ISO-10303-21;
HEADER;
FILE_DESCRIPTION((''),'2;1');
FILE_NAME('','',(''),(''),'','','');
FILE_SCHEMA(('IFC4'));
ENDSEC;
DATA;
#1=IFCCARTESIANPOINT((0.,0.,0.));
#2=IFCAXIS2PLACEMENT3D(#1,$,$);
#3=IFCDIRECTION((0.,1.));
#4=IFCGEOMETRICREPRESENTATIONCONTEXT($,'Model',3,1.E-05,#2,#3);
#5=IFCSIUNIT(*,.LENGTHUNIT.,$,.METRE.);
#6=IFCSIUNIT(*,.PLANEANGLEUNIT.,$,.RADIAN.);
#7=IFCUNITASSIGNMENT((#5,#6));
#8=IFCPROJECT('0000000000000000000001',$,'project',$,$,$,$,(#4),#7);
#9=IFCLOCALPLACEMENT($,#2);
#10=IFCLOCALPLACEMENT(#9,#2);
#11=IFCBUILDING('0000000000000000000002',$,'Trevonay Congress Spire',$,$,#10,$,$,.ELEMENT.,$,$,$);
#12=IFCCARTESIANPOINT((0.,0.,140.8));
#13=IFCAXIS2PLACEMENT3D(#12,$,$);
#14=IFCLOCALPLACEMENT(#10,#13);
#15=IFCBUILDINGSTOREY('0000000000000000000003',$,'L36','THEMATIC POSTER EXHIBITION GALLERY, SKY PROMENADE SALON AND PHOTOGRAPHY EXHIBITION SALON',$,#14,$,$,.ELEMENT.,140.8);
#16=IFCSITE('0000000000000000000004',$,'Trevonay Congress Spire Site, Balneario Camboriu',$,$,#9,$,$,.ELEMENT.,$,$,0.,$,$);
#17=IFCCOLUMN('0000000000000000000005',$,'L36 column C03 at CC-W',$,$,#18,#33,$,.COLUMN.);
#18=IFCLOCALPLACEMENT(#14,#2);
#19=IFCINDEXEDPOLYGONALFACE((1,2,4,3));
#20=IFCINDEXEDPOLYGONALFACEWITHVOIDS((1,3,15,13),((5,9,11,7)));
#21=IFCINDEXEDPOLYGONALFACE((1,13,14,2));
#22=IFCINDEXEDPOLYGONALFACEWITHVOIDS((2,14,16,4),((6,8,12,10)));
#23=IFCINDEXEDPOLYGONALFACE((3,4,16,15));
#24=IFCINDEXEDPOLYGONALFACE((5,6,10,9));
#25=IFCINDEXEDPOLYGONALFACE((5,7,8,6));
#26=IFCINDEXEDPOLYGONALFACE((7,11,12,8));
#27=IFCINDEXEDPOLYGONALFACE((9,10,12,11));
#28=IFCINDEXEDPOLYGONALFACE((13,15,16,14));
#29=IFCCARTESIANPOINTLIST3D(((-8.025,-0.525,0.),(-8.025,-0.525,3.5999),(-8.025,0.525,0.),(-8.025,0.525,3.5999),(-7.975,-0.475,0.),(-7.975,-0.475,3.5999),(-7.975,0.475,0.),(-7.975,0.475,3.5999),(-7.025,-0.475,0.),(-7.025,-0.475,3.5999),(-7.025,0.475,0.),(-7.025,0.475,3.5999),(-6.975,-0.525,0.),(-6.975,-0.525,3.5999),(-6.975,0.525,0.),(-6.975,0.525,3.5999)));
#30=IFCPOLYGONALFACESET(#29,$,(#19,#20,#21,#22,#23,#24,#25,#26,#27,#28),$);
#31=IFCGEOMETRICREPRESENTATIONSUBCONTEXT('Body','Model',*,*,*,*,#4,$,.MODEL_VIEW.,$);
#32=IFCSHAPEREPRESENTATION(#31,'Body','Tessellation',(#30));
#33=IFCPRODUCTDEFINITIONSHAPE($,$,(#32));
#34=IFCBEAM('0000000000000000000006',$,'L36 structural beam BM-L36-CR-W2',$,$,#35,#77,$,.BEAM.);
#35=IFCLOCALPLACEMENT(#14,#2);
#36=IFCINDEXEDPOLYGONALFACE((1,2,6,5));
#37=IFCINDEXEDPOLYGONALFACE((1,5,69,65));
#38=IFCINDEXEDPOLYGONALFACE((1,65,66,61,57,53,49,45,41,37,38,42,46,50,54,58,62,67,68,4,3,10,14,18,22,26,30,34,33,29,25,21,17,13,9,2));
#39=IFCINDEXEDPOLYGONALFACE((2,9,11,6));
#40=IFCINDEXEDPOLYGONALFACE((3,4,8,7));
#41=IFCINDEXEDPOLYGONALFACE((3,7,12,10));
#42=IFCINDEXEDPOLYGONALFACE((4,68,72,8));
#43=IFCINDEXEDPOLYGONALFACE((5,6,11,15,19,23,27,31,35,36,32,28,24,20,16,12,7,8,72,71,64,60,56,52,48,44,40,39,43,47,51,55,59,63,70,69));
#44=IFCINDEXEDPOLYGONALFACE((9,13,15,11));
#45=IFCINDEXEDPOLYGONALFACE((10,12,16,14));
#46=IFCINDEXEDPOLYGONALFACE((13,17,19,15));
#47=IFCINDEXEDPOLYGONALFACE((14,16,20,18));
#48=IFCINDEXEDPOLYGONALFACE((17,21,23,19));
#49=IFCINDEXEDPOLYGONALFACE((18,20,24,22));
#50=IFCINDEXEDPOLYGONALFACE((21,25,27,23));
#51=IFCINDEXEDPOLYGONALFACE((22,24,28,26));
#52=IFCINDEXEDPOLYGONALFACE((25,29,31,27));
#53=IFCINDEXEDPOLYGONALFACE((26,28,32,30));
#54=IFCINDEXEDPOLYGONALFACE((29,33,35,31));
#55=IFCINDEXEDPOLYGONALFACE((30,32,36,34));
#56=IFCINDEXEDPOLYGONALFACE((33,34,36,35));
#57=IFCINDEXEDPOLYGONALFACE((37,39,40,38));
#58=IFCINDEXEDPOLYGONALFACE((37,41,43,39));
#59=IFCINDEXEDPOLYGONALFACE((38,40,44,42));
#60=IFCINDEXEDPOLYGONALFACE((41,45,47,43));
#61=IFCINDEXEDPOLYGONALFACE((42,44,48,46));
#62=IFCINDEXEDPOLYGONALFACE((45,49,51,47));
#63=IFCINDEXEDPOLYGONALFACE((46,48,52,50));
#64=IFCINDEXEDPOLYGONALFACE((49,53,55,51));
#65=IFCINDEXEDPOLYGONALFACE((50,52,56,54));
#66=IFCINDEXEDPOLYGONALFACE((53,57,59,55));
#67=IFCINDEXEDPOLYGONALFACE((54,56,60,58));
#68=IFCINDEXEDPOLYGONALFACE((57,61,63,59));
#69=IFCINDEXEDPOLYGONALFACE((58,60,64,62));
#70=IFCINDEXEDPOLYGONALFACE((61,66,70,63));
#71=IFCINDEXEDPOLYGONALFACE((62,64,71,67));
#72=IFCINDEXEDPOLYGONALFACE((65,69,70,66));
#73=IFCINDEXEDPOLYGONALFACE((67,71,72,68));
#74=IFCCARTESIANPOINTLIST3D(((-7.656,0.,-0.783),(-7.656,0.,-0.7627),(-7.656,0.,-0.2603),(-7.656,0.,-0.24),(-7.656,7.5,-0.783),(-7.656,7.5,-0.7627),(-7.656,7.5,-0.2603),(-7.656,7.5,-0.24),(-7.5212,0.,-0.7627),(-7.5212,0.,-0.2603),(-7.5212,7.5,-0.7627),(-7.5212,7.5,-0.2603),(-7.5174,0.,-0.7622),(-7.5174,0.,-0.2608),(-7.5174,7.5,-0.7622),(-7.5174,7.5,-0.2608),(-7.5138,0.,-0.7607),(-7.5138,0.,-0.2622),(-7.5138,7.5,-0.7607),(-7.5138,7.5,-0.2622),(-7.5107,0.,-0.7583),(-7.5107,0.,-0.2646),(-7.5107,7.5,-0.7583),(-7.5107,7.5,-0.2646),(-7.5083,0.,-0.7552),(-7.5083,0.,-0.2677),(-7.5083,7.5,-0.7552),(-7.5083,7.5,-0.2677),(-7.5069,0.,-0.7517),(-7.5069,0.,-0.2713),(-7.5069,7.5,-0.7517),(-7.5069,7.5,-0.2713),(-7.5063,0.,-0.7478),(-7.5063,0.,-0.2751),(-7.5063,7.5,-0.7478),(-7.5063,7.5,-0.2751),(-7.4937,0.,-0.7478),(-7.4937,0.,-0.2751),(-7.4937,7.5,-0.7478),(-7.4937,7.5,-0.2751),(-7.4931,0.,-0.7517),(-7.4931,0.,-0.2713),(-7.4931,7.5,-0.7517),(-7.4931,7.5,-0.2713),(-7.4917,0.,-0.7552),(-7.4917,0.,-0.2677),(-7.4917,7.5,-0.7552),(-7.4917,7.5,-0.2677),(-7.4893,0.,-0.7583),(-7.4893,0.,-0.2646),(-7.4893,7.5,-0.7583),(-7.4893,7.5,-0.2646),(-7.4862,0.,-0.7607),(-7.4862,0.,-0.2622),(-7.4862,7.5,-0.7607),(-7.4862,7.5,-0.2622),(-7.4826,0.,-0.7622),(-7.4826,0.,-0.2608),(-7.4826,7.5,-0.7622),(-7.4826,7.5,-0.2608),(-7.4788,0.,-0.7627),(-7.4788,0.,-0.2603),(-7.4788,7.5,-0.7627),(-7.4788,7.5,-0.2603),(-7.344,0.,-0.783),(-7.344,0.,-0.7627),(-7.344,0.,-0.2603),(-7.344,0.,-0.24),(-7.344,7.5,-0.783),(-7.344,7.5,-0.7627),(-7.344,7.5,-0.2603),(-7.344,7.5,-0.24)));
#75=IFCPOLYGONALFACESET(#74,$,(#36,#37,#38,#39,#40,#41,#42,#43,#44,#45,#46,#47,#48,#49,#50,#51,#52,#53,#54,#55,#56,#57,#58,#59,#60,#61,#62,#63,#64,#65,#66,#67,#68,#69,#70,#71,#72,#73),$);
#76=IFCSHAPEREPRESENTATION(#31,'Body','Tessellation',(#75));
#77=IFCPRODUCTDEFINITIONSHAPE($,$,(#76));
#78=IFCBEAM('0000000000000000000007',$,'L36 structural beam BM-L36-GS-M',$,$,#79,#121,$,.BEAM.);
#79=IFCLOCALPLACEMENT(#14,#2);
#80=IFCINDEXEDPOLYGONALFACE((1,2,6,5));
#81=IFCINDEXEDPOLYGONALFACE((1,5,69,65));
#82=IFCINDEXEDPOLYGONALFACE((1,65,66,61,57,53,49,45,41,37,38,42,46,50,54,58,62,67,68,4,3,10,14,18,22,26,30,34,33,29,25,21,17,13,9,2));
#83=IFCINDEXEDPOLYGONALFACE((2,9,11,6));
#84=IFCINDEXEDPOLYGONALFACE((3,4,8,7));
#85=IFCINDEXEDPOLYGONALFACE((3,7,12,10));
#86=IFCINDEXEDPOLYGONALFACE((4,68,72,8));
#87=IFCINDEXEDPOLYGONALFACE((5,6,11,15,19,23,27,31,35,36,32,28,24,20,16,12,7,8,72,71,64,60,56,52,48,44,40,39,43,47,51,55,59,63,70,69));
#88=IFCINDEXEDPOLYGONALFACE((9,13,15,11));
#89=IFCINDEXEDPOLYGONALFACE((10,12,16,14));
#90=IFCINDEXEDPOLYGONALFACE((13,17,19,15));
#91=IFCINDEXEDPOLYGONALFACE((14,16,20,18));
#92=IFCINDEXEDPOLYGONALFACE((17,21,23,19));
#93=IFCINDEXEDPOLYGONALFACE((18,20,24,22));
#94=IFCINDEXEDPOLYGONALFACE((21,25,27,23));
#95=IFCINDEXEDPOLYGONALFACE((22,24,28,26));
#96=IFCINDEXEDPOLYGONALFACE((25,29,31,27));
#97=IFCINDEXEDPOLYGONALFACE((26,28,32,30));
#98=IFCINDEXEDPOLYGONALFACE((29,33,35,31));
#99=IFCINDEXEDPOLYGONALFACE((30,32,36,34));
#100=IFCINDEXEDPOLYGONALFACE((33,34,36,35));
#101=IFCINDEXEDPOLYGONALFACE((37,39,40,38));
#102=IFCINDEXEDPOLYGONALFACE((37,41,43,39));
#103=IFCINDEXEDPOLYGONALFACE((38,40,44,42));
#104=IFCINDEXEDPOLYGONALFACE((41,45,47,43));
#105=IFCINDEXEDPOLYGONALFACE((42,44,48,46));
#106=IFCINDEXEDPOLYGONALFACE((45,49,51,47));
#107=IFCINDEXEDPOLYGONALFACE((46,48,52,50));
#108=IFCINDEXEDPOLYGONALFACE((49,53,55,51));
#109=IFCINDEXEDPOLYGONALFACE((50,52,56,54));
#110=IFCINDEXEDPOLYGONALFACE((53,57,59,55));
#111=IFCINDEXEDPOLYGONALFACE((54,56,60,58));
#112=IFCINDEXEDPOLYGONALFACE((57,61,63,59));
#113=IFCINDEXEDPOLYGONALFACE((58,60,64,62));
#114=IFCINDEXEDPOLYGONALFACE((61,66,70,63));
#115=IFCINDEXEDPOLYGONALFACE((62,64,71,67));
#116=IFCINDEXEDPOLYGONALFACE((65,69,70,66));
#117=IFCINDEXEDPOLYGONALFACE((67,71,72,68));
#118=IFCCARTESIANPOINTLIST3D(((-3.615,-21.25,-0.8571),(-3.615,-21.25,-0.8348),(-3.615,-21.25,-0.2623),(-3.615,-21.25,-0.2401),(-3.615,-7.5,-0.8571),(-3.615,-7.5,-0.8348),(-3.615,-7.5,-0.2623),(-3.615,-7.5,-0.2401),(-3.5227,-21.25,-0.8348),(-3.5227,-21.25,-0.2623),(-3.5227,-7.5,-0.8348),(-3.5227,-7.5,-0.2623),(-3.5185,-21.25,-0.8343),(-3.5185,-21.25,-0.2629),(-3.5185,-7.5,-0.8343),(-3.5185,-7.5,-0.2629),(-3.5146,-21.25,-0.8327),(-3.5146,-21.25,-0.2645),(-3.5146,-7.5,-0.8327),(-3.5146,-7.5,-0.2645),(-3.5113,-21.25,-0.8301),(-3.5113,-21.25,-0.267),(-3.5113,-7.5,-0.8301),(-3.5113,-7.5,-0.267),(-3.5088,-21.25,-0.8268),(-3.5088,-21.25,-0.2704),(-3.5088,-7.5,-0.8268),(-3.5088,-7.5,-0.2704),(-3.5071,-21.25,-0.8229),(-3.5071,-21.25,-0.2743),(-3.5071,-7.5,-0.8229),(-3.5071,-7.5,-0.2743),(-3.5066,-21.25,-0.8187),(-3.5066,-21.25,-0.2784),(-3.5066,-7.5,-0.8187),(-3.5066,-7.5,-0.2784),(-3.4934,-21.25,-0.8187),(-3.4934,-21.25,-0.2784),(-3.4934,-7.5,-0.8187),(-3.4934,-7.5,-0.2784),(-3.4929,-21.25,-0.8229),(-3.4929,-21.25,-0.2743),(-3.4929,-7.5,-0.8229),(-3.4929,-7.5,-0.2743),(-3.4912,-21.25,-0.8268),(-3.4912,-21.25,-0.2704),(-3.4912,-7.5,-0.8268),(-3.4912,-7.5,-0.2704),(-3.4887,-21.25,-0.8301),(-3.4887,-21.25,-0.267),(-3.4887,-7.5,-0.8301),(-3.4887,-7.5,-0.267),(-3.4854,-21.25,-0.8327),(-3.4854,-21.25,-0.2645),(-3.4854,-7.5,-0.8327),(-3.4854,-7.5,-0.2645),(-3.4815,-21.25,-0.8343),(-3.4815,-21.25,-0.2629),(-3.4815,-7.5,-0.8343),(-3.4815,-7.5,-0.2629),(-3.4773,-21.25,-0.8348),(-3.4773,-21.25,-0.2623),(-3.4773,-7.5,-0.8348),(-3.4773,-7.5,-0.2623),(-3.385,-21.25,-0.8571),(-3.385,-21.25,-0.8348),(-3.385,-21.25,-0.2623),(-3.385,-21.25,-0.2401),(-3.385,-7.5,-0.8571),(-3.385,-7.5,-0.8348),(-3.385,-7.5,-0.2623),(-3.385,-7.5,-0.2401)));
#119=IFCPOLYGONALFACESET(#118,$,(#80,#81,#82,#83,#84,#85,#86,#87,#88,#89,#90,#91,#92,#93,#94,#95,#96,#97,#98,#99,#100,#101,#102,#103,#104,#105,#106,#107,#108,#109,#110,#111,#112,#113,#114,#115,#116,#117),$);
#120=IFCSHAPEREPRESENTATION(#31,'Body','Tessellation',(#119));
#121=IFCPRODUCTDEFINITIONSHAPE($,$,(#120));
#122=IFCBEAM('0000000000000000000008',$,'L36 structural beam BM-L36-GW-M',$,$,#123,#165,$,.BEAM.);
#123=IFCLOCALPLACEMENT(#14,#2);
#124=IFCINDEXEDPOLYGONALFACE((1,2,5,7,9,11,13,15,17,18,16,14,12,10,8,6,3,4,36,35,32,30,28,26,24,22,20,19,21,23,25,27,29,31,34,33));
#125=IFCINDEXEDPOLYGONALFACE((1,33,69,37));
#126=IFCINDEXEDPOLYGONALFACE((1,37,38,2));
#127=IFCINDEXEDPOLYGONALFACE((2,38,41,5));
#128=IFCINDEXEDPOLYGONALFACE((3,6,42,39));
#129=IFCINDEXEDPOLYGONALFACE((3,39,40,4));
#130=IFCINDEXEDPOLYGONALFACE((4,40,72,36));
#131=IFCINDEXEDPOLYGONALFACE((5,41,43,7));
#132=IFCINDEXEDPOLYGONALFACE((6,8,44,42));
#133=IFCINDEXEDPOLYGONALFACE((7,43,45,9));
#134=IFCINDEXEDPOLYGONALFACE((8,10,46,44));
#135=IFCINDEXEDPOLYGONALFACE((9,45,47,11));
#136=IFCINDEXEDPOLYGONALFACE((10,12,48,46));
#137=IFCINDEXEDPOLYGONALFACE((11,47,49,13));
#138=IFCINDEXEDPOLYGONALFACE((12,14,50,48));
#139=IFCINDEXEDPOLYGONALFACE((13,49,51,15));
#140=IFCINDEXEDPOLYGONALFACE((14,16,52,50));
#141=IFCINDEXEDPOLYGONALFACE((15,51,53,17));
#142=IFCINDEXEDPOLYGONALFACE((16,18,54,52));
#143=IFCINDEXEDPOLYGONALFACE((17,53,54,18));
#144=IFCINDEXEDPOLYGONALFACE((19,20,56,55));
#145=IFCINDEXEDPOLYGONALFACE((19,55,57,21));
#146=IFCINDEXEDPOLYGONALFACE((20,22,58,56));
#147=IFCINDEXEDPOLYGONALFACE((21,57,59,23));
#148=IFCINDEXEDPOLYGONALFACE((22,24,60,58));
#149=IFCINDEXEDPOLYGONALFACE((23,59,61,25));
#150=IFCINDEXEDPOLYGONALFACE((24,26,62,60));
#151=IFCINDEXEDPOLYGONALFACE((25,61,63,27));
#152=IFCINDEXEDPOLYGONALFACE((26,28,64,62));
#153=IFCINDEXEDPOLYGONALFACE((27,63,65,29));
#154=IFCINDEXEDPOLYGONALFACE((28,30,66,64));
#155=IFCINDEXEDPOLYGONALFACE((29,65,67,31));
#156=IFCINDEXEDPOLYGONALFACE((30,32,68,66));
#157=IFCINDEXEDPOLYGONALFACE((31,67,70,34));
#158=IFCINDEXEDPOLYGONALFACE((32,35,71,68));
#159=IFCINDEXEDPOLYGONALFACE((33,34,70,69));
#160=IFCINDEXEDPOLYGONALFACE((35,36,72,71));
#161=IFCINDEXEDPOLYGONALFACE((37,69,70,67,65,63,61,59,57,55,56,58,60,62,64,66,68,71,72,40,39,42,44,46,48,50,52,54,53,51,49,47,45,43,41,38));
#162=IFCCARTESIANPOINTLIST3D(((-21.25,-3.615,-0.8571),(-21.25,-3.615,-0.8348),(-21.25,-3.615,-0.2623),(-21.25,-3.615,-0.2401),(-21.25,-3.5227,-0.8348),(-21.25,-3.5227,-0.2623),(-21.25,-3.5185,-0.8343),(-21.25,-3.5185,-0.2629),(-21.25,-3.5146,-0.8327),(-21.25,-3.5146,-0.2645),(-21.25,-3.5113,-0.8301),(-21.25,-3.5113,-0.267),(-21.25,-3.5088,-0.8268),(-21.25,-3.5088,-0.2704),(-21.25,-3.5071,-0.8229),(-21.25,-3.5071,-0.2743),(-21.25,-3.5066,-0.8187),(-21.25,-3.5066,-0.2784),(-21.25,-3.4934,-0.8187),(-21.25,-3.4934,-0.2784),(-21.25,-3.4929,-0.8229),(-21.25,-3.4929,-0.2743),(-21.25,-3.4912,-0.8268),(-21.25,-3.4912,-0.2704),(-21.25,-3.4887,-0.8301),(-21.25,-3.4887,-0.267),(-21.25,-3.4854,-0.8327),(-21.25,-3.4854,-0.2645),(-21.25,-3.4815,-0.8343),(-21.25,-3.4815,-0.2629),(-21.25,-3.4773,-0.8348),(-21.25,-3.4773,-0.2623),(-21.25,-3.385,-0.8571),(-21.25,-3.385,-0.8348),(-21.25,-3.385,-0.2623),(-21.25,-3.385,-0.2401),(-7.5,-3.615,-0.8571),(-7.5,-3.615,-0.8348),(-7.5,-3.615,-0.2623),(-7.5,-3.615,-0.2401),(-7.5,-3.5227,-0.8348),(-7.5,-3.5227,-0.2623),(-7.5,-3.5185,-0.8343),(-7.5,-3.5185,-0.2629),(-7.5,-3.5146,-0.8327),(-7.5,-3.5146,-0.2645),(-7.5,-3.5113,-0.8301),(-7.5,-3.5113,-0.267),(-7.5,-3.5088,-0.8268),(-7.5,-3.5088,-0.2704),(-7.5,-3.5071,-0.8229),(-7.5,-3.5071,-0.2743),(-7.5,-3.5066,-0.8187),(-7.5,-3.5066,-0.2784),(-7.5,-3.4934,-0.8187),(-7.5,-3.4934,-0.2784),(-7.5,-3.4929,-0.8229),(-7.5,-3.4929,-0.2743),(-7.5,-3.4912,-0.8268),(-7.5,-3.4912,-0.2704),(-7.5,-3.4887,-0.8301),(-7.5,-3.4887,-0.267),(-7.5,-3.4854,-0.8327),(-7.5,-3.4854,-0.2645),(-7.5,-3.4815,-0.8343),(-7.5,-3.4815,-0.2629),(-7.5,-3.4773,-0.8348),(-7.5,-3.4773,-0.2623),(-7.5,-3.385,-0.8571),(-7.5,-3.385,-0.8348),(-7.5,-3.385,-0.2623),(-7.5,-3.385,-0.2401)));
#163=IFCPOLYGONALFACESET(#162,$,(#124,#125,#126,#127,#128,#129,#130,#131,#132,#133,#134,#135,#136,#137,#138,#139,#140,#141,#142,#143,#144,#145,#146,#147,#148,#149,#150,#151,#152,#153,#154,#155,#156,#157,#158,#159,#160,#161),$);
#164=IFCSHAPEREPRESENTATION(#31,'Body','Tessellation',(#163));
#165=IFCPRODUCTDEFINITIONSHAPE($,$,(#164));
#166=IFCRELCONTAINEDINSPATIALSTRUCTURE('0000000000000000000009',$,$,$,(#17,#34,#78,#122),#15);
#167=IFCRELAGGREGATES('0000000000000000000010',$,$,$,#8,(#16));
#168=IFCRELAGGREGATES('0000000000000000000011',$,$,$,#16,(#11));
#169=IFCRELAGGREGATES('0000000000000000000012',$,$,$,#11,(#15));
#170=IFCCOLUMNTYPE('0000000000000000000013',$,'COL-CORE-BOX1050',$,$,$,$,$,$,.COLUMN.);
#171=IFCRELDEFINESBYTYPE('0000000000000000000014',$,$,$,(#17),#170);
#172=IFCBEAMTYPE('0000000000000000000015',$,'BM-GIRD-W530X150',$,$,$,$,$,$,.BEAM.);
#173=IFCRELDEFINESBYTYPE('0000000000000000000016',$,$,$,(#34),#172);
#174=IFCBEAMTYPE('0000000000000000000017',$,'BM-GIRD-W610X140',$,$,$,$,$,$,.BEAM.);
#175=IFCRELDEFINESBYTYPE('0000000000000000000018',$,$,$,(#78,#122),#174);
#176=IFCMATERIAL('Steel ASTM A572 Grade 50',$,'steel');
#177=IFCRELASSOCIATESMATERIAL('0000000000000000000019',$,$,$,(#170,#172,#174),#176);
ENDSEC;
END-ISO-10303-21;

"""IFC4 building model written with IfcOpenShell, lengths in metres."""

from ifc_helpers import new_model, si_unit, direction, frame, origin, origin_2d, place, context, subcontext, project, spatial, hollow_rectangle, i_section, extrude, material, material_profile, profile_set, type_object, element, save


model = new_model("IFC4")

# Units and contexts
model_context = context("Model", 3, precision=1e-05, world=origin(), true_north=direction((0.0, 1.0)))
body_context = subcontext(model_context, "Body", "Model", "MODEL_VIEW")
ifc_project = project(units=[si_unit("LENGTHUNIT", "METRE"), si_unit("PLANEANGLEUNIT", "RADIAN")], contexts=[model_context])

# Site, building, storey
site_placement = place(None, origin())
site = spatial("IfcSite", under=ifc_project, at=site_placement, Name="Trevonay Congress Spire Site, Balneario Camboriu", CompositionType="ELEMENT", RefElevation=0.0)
building_placement = place(site_placement, origin())
building = spatial("IfcBuilding", under=site, at=building_placement, Name="Trevonay Congress Spire", CompositionType="ELEMENT")
storey_placement = place(building_placement, frame((0.0, 0.0, 140.8)))
storey = spatial("IfcBuildingStorey", under=building, at=storey_placement, Name="L36", Description="THEMATIC POSTER EXHIBITION GALLERY, SKY PROMENADE SALON AND PHOTOGRAPHY EXHIBITION SALON", CompositionType="ELEMENT", Elevation=140.8)

# Column
ifc_material_1 = material(Name="Steel ASTM A572 Grade 50", Category="steel")
ifc_material_profile_1 = material_profile(ifc_material_1, hollow_rectangle(XDim=1.05, YDim=1.05, WallThickness=0.05, at=origin_2d()), Name="BOX 1050x1050x50")
ifc_profile_set_1 = profile_set([ifc_material_profile_1], Name="Steel ASTM A572 Grade 50")
column_type = type_object("IfcColumnType", Name="COL-CORE-BOX1050", PredefinedType="COLUMN", material=ifc_profile_set_1)
column_placement = place(storey_placement, frame((-7.5, 0.0, 0.0), z_axis=(0.0, 0.0, 1.0), x_axis=(1.0, 0.0, 0.0)))
element("IfcColumn", 1, at=column_placement, inside=storey, type_object=column_type, Name="L36 column C03 at CC-W", PredefinedType="COLUMN", context=body_context, shape_type="SweptSolid", body=[
    extrude(hollow_rectangle(XDim=1.05, YDim=1.05, WallThickness=0.05, at=origin_2d()), origin(), (0.0, 0.0, 1.0), 3.5999),
])

# Beams
ifc_material_profile_2 = material_profile(ifc_material_1, i_section(OverallWidth=0.312, OverallDepth=0.543, WebThickness=0.0127, FlangeThickness=0.0203, FilletRadius=0.0149, at=origin_2d()), Name="W530x150")
ifc_profile_set_2 = profile_set([ifc_material_profile_2], Name="Steel ASTM A572 Grade 50")
beam_type_1 = type_object("IfcBeamType", Name="BM-GIRD-W530X150", PredefinedType="BEAM", material=ifc_profile_set_2)
beam_1_placement = place(storey_placement, frame((-7.5, 0.0, -0.5115), z_axis=(0.0, 1.0, 0.0), x_axis=(-1.0, 0.0, 0.0)))
element("IfcBeam", 2, at=beam_1_placement, inside=storey, type_object=beam_type_1, Name="L36 structural beam BM-L36-CR-W2", PredefinedType="BEAM", context=body_context, shape_type="SweptSolid", body=[
    extrude(i_section(OverallWidth=0.312, OverallDepth=0.543, WebThickness=0.0127, FlangeThickness=0.0203, FilletRadius=0.0149, at=origin_2d()), origin(), (0.0, 0.0, 1.0), 7.5),
])
ifc_material_profile_3 = material_profile(ifc_material_1, i_section(OverallWidth=0.23, OverallDepth=0.6169, WebThickness=0.0132, FlangeThickness=0.0222, FilletRadius=0.0161, at=origin_2d()), Name="W610x140")
ifc_profile_set_3 = profile_set([ifc_material_profile_3], Name="Steel ASTM A572 Grade 50")
beam_type_2 = type_object("IfcBeamType", Name="BM-GIRD-W610X140", PredefinedType="BEAM", material=ifc_profile_set_3)
for number, where, z_axis, x_axis, name in (
    (3, (-3.5, -7.5, -0.5486), (0.0, -1.0, 0.0), (1.0, 0.0, 0.0), "L36 structural beam BM-L36-GS-M"),
    (4, (-7.5, -3.5, -0.5486), (-1.0, 0.0, 0.0), (0.0, -1.0, 0.0), "L36 structural beam BM-L36-GW-M"),
):
    element("IfcBeam", number, at=place(storey_placement, frame(where, z_axis=z_axis, x_axis=x_axis)), inside=storey, type_object=beam_type_2, Name=name, PredefinedType="BEAM", context=body_context, shape_type="SweptSolid", body=[
        extrude(i_section(OverallWidth=0.23, OverallDepth=0.6169, WebThickness=0.0132, FlangeThickness=0.0222, FilletRadius=0.0161, at=origin_2d()), origin(), (0.0, 0.0, 1.0), 13.75),
    ])

save(model, "model.ifc")
